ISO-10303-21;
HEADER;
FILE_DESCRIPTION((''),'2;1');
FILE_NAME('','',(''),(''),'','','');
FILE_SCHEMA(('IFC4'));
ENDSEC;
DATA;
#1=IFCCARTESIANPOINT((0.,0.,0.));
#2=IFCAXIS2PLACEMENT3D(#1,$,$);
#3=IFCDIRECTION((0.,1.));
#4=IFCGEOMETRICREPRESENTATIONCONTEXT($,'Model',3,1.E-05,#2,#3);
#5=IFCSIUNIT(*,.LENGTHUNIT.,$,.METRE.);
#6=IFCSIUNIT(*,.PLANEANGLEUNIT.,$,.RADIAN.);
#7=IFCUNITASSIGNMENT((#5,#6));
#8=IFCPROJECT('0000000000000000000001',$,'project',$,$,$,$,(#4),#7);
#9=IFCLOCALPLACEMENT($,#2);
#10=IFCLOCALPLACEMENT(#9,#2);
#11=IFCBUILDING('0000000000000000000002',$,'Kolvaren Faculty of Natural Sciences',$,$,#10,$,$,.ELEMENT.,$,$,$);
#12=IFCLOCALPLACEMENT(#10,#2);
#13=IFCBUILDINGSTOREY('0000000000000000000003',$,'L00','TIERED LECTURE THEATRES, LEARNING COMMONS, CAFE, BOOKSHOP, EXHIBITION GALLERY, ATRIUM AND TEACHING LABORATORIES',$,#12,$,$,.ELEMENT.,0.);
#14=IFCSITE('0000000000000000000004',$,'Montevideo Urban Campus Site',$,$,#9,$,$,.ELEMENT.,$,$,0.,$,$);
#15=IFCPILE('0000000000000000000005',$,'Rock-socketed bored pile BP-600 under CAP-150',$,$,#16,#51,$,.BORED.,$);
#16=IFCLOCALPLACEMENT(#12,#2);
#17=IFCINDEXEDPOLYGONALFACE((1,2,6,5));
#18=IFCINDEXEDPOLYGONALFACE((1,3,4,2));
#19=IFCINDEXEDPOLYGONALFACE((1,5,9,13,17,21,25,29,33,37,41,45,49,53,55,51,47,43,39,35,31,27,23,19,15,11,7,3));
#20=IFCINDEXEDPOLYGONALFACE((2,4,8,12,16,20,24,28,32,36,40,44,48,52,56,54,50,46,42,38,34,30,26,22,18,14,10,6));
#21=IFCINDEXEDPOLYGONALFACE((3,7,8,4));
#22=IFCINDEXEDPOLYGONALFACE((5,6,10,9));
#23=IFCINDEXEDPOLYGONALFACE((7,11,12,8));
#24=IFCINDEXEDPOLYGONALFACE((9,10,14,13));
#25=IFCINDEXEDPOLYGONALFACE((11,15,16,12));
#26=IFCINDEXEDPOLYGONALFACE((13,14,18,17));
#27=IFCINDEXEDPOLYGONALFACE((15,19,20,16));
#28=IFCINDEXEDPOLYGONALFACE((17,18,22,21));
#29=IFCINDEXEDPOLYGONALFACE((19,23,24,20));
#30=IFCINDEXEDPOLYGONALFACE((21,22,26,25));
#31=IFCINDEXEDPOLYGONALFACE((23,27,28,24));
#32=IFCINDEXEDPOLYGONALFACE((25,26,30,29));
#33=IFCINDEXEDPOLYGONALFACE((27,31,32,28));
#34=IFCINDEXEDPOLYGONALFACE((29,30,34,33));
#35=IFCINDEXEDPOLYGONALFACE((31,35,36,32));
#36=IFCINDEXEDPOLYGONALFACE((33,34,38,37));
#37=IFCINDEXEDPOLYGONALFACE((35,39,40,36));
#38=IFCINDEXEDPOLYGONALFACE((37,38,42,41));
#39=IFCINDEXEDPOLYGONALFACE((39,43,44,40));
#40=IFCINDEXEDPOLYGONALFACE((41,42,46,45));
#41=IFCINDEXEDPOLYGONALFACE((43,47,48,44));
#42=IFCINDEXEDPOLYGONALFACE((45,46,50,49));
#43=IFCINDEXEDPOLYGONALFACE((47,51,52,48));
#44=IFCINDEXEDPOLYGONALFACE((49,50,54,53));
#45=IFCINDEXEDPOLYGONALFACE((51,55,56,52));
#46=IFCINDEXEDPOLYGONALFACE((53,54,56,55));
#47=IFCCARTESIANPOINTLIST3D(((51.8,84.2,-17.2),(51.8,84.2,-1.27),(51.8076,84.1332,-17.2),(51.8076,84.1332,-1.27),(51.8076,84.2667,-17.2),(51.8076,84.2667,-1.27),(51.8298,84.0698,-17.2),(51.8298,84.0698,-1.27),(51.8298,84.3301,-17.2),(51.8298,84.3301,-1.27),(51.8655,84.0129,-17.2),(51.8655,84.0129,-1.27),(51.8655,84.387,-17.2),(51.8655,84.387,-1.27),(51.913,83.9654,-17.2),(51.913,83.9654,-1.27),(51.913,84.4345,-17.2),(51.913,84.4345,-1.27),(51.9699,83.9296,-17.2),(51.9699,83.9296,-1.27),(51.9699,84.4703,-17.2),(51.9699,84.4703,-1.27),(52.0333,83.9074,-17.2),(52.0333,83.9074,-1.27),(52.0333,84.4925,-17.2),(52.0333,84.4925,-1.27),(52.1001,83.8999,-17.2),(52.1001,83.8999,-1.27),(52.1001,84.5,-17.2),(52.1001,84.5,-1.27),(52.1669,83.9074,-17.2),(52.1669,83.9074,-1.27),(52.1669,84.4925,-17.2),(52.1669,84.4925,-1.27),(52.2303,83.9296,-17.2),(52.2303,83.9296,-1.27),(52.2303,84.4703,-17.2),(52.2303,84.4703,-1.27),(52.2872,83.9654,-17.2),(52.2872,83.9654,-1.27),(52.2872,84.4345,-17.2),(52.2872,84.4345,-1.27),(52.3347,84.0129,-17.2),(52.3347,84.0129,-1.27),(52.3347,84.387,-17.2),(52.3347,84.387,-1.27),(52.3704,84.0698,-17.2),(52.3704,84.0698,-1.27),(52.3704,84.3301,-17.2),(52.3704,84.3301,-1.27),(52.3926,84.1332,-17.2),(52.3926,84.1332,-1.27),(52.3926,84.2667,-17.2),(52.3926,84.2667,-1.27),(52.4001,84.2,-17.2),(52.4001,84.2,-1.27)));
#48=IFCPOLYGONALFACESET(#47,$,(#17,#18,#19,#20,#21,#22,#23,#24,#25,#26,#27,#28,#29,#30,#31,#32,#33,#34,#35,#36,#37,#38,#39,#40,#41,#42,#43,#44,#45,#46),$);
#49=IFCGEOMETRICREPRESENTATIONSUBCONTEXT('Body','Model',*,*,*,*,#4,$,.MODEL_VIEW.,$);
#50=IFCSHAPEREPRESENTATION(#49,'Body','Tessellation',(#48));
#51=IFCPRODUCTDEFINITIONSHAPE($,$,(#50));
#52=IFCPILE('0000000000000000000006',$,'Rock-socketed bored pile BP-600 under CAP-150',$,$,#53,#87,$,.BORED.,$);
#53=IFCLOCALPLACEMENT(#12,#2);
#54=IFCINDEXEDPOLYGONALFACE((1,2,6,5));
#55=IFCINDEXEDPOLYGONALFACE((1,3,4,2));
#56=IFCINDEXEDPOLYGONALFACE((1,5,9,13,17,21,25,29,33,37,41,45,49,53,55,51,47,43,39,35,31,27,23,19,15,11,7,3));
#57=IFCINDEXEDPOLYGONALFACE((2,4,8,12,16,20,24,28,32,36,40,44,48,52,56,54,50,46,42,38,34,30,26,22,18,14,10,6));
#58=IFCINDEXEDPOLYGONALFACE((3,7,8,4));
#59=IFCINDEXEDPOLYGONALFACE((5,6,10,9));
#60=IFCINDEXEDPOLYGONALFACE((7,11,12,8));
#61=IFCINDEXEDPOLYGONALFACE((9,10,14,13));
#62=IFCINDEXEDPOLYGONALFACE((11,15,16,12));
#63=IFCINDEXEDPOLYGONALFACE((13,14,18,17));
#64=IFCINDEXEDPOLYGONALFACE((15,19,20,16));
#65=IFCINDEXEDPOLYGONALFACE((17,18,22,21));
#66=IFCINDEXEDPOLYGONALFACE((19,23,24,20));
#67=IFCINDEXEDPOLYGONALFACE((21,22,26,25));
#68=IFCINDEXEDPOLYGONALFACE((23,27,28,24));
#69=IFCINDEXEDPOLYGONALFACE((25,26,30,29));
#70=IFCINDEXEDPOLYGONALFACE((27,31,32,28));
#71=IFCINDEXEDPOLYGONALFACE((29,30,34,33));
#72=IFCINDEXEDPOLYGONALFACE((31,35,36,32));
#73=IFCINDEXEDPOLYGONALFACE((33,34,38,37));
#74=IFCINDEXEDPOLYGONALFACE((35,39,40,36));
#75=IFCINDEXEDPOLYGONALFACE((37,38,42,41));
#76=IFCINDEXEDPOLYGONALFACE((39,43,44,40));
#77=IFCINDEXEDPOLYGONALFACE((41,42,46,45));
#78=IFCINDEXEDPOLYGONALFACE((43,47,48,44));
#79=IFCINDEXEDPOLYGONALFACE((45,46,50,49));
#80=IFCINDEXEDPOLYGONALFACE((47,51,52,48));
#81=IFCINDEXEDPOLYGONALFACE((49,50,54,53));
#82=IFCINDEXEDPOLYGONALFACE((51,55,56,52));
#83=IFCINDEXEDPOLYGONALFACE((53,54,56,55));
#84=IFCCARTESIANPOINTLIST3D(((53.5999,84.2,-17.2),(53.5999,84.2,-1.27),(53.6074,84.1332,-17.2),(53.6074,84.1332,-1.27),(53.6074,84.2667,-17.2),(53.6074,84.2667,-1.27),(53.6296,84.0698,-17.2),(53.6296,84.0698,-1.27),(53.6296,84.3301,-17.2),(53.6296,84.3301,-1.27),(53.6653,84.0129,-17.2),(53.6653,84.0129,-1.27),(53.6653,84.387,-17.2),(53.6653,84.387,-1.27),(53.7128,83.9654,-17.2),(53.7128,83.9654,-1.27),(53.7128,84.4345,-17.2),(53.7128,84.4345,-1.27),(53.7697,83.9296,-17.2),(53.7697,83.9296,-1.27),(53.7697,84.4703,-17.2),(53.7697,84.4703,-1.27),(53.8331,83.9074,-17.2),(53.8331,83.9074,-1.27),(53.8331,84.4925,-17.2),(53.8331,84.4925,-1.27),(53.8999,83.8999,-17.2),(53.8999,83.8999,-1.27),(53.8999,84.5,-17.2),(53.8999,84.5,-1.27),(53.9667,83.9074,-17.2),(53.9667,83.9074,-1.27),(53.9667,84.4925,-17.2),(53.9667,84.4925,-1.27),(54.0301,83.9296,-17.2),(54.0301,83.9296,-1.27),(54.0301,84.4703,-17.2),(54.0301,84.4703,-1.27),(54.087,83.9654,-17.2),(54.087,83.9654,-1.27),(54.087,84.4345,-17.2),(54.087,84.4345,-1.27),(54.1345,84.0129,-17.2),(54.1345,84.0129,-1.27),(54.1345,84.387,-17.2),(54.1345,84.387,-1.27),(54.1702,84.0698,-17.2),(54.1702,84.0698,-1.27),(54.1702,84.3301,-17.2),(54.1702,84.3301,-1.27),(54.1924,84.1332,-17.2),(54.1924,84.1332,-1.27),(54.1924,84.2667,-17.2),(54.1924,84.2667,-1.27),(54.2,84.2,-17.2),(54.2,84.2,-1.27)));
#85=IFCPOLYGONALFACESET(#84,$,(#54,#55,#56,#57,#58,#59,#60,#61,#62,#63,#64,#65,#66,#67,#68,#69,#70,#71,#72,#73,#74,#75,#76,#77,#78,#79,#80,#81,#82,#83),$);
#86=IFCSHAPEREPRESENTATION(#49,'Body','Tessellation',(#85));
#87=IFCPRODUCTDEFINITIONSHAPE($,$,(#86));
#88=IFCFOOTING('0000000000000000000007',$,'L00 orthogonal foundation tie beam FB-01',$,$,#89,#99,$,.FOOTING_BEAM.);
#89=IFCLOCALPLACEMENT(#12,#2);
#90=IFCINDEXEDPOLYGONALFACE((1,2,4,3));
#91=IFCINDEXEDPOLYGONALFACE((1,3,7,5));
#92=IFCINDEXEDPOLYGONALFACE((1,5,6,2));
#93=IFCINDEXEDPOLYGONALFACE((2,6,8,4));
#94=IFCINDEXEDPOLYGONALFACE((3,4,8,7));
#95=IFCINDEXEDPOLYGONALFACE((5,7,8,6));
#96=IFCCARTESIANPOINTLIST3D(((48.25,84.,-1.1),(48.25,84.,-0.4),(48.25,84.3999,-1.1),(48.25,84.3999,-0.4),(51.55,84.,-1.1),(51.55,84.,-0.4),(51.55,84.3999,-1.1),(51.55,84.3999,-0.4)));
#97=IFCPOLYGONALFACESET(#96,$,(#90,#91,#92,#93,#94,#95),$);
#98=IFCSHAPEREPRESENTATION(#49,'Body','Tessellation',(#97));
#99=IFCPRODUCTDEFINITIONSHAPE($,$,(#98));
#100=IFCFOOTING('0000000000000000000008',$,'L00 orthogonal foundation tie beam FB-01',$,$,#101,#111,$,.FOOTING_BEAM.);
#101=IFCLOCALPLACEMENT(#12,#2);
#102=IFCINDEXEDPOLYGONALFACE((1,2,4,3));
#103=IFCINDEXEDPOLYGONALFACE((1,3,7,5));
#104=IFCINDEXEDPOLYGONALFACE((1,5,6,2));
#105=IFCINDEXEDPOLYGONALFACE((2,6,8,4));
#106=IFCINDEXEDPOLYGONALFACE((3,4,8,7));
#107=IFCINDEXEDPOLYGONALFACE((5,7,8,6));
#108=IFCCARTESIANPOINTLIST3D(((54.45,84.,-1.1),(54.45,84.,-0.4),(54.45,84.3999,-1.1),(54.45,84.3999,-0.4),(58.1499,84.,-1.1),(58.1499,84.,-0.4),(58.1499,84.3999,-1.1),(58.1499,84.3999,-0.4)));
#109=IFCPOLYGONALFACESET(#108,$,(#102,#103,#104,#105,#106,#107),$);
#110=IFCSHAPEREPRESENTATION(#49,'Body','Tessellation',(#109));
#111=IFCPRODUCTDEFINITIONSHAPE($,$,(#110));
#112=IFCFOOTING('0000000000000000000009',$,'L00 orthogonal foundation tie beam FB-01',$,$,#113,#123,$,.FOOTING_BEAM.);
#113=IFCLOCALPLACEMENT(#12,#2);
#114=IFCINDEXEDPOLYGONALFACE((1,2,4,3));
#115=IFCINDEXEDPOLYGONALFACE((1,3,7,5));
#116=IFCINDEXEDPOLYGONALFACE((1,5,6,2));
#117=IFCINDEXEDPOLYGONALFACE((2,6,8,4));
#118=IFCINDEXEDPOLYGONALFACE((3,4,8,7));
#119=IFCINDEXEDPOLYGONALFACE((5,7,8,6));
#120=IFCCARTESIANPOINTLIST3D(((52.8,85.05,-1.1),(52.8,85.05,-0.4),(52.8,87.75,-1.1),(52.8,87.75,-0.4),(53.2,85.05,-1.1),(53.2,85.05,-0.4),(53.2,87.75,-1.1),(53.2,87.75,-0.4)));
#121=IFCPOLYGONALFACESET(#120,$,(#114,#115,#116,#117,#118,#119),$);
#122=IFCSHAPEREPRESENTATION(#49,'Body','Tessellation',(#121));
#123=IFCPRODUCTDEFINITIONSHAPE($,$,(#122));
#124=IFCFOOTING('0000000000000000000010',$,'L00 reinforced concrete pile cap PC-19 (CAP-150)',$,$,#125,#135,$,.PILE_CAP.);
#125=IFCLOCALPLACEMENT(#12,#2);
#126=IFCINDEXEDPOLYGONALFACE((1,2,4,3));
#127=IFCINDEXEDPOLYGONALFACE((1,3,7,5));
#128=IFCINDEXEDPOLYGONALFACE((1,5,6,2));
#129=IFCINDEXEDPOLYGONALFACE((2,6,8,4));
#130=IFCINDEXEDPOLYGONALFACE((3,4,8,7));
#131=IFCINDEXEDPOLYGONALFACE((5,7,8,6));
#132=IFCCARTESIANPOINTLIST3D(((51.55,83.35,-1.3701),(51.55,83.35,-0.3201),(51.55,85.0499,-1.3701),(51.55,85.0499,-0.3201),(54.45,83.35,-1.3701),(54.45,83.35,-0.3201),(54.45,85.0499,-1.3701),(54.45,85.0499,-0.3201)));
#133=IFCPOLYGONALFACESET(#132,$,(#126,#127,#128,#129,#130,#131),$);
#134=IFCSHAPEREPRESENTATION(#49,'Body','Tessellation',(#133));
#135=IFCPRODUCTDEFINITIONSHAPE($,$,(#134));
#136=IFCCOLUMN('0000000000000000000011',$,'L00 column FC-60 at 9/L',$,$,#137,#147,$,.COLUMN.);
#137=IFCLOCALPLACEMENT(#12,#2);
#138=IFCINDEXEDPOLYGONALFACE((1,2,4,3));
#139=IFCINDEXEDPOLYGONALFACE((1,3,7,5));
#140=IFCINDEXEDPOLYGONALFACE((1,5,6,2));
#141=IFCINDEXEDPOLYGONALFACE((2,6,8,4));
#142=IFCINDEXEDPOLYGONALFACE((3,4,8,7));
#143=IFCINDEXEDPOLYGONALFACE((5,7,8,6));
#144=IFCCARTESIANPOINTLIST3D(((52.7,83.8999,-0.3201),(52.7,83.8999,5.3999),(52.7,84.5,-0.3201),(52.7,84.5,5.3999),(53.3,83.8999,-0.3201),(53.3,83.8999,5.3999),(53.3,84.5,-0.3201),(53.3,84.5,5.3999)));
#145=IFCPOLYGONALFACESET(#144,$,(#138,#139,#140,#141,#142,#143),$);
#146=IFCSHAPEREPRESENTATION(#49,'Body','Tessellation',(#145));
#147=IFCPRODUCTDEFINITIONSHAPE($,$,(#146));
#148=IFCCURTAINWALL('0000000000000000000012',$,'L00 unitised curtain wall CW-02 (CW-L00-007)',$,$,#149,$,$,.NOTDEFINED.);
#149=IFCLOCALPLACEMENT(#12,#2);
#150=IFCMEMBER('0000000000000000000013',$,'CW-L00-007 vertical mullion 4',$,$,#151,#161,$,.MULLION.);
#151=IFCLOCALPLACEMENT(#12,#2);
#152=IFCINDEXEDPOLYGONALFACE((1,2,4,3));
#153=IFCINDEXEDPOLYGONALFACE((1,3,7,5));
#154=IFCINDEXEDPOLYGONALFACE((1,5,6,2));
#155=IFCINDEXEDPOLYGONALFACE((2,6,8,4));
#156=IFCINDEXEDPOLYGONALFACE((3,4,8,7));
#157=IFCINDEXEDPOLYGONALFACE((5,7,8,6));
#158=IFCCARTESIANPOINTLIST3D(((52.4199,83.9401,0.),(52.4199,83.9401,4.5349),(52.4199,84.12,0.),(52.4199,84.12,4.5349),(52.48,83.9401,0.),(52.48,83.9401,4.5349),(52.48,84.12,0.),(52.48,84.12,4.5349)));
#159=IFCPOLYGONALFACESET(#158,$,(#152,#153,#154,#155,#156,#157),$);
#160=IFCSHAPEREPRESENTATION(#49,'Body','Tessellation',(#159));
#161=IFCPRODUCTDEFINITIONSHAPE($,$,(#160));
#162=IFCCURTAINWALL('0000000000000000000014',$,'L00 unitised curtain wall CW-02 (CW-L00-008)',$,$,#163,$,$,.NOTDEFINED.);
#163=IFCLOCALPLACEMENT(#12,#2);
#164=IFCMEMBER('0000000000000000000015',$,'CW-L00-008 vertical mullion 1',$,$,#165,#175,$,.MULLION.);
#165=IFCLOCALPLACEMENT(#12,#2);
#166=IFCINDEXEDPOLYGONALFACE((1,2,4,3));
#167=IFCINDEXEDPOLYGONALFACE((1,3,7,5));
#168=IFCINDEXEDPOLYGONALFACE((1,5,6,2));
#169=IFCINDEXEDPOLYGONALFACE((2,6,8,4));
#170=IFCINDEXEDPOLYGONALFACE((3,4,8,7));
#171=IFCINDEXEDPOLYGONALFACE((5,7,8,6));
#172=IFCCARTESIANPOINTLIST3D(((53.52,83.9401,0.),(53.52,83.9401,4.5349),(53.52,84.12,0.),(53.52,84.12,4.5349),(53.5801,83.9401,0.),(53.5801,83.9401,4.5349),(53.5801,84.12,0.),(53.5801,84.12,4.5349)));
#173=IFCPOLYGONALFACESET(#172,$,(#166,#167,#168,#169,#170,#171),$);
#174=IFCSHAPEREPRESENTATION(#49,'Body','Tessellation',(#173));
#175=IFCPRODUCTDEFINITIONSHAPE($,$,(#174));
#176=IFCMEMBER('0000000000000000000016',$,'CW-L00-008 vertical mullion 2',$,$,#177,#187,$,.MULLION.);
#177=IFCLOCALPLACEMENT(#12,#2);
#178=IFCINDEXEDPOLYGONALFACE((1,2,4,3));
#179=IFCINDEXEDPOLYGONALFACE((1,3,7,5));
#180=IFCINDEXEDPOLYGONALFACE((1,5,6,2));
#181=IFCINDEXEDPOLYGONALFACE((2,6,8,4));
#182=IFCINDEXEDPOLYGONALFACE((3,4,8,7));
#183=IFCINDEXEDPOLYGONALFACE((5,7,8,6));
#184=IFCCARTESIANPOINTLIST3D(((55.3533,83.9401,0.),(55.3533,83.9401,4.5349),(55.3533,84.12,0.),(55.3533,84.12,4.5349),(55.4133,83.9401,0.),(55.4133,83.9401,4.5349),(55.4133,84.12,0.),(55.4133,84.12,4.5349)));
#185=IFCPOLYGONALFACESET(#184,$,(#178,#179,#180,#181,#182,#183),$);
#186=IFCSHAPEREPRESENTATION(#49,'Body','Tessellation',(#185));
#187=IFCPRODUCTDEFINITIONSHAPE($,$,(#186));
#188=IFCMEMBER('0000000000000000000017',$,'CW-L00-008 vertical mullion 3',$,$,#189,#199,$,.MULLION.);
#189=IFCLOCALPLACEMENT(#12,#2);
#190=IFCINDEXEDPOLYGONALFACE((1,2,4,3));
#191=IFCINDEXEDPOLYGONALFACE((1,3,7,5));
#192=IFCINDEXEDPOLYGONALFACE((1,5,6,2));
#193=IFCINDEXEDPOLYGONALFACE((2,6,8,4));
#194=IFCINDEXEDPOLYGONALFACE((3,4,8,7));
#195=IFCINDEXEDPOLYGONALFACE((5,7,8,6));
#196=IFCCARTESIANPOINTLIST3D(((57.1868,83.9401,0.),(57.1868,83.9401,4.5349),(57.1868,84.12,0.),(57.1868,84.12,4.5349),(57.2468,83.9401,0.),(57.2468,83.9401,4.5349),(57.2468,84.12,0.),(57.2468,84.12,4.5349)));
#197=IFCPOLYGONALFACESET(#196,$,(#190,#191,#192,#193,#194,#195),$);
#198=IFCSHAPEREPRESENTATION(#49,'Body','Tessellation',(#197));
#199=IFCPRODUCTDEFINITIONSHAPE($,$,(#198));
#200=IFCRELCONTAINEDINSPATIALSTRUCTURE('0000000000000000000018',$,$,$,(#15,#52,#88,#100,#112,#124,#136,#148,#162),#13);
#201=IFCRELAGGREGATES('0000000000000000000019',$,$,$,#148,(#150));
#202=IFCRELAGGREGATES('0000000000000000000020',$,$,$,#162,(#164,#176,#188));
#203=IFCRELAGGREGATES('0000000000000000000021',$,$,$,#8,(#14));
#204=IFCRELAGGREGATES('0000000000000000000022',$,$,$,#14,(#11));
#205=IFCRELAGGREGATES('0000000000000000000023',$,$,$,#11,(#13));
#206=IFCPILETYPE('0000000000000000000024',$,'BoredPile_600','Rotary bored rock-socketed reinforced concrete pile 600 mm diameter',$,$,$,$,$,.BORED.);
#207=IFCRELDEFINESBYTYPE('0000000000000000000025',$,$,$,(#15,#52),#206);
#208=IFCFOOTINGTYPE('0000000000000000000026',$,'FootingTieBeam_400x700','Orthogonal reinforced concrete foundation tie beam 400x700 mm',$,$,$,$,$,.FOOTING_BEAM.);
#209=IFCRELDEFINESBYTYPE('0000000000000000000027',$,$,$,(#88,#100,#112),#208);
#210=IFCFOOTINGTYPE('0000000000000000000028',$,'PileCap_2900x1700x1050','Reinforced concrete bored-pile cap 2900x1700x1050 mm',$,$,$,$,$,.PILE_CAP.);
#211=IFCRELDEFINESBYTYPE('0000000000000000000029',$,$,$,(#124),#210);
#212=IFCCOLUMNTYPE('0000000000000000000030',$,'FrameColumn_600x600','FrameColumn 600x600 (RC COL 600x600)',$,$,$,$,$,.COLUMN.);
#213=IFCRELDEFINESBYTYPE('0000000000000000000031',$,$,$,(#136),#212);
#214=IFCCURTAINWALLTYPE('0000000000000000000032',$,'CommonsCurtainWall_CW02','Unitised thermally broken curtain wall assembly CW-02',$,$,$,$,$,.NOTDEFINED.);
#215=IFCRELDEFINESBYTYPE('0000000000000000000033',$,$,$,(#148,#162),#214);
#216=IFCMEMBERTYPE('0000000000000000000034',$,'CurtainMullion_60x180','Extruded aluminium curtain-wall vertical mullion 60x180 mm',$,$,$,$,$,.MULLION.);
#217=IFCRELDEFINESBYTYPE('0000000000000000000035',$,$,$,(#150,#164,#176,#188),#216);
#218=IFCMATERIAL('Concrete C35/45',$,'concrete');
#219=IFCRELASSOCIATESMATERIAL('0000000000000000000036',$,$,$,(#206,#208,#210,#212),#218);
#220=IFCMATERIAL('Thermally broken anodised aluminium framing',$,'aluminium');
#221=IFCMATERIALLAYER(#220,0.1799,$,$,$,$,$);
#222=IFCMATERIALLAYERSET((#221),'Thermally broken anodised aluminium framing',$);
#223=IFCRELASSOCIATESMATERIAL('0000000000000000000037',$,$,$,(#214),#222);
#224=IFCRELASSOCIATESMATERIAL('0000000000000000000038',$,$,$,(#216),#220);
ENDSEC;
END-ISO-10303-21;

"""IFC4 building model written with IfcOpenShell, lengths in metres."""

from ifc_helpers import new_model, si_unit, direction, frame, origin, origin_2d, place, context, subcontext, project, spatial, rectangle, circle, extrude, material, layer, layer_set, material_profile, profile_set, type_object, element, aggregate, save


model = new_model("IFC4")

# Units and contexts
model_context = context("Model", 3, precision=1e-05, world=origin(), true_north=direction((0.0, 1.0)))
body_context = subcontext(model_context, "Body", "Model", "MODEL_VIEW")
ifc_project = project(units=[si_unit("LENGTHUNIT", "METRE"), si_unit("PLANEANGLEUNIT", "RADIAN")], contexts=[model_context])

# Site, building, storey
site_placement = place(None, origin())
site = spatial("IfcSite", under=ifc_project, at=site_placement, Name="Montevideo Urban Campus Site", CompositionType="ELEMENT", RefElevation=0.0)
building_placement = place(site_placement, origin())
building = spatial("IfcBuilding", under=site, at=building_placement, Name="Kolvaren Faculty of Natural Sciences", CompositionType="ELEMENT")
storey_placement = place(building_placement, origin())
storey = spatial("IfcBuildingStorey", under=building, at=storey_placement, Name="L00", Description="TIERED LECTURE THEATRES, LEARNING COMMONS, CAFE, BOOKSHOP, EXHIBITION GALLERY, ATRIUM AND TEACHING LABORATORIES", CompositionType="ELEMENT", Elevation=0.0)

# Piles
ifc_material_1 = material(Name="Concrete C35/45", Category="concrete")
ifc_material_profile_1 = material_profile(ifc_material_1, circle(Radius=0.3, at=origin_2d()), Name="PILE D600")
ifc_profile_set_1 = profile_set([ifc_material_profile_1], Name="Concrete C35/45")
pile_type = type_object("IfcPileType", Name="BoredPile_600", Description="Rotary bored rock-socketed reinforced concrete pile 600 mm diameter", PredefinedType="BORED", material=ifc_profile_set_1)
for number, where, z_axis, x_axis, name in (
    (1, (52.1001, 84.2, -1.27), (0.0, 0.0, -1.0), (1.0, 0.0, 0.0), "Rock-socketed bored pile BP-600 under CAP-150"),
    (2, (53.8999, 84.2, -1.27), (0.0, 0.0, -1.0), (1.0, 0.0, 0.0), "Rock-socketed bored pile BP-600 under CAP-150"),
):
    element("IfcPile", number, at=place(storey_placement, frame(where, z_axis=z_axis, x_axis=x_axis)), inside=storey, type_object=pile_type, Name=name, PredefinedType="BORED", context=body_context, shape_type="SweptSolid", body=[
        extrude(circle(Radius=0.3, at=origin_2d()), origin(), (0.0, 0.0, 1.0), 15.9299),
    ])

# Footings
ifc_material_profile_2 = material_profile(ifc_material_1, rectangle(XDim=0.3999, YDim=0.7, at=origin_2d()), Name="RC FB 400x700")
ifc_profile_set_2 = profile_set([ifc_material_profile_2], Name="Concrete C35/45")
footing_type_1 = type_object("IfcFootingType", Name="FootingTieBeam_400x700", Description="Orthogonal reinforced concrete foundation tie beam 400x700 mm", PredefinedType="FOOTING_BEAM", material=ifc_profile_set_2)
footing_1_placement = place(storey_placement, frame((48.25, 84.2, -0.75), z_axis=(1.0, 0.0, 0.0), x_axis=(0.0, 1.0, 0.0)))
element("IfcFooting", 3, at=footing_1_placement, inside=storey, type_object=footing_type_1, Name="L00 orthogonal foundation tie beam FB-01", PredefinedType="FOOTING_BEAM", context=body_context, shape_type="SweptSolid", body=[
    extrude(rectangle(XDim=0.3999, YDim=0.7, at=origin_2d()), origin(), (0.0, 0.0, 1.0), 3.3),
])
footing_2_placement = place(storey_placement, frame((54.45, 84.2, -0.75), z_axis=(1.0, 0.0, 0.0), x_axis=(0.0, 1.0, 0.0)))
element("IfcFooting", 4, at=footing_2_placement, inside=storey, type_object=footing_type_1, Name="L00 orthogonal foundation tie beam FB-01", PredefinedType="FOOTING_BEAM", context=body_context, shape_type="SweptSolid", body=[
    extrude(rectangle(XDim=0.3999, YDim=0.7, at=origin_2d()), origin(), (0.0, 0.0, 1.0), 3.7),
])
footing_3_placement = place(storey_placement, frame((53.0, 85.05, -0.75), z_axis=(0.0, 1.0, 0.0), x_axis=(-1.0, 0.0, 0.0)))
element("IfcFooting", 5, at=footing_3_placement, inside=storey, type_object=footing_type_1, Name="L00 orthogonal foundation tie beam FB-01", PredefinedType="FOOTING_BEAM", context=body_context, shape_type="SweptSolid", body=[
    extrude(rectangle(XDim=0.3999, YDim=0.7, at=origin_2d()), origin(), (0.0, 0.0, 1.0), 2.7),
])
footing_type_2 = type_object("IfcFootingType", Name="PileCap_2900x1700x1050", Description="Reinforced concrete bored-pile cap 2900x1700x1050 mm", PredefinedType="PILE_CAP", material=ifc_material_1)
footing_4_placement = place(storey_placement, frame((53.0, 84.2, -1.3701), z_axis=(0.0, 0.0, 1.0), x_axis=(1.0, 0.0, 0.0)))
element("IfcFooting", 6, at=footing_4_placement, inside=storey, type_object=footing_type_2, Name="L00 reinforced concrete pile cap PC-19 (CAP-150)", PredefinedType="PILE_CAP", context=body_context, shape_type="SweptSolid", body=[
    extrude(rectangle(XDim=2.8999, YDim=1.7, at=origin_2d()), origin(), (0.0, 0.0, 1.0), 1.05),
])

# Column
ifc_material_profile_3 = material_profile(ifc_material_1, rectangle(XDim=0.6001, YDim=0.6001, at=origin_2d()), Name="RC COL 600x600")
ifc_profile_set_3 = profile_set([ifc_material_profile_3], Name="Concrete C35/45")
column_type = type_object("IfcColumnType", Name="FrameColumn_600x600", Description="FrameColumn 600x600 (RC COL 600x600)", PredefinedType="COLUMN", material=ifc_profile_set_3)
column_placement = place(storey_placement, frame((53.0, 84.2, -0.3201), z_axis=(0.0, 0.0, 1.0), x_axis=(1.0, 0.0, 0.0)))
element("IfcColumn", 7, at=column_placement, inside=storey, type_object=column_type, Name="L00 column FC-60 at 9/L", PredefinedType="COLUMN", context=body_context, shape_type="SweptSolid", body=[
    extrude(rectangle(XDim=0.6001, YDim=0.6001, at=origin_2d()), origin(), (0.0, 0.0, 1.0), 5.72),
])

# Curtain wall, member
ifc_material_2 = material(Name="Thermally broken anodised aluminium framing", Category="aluminium")
ifc_layer_1 = layer(ifc_material_2, 0.1799)
ifc_layer_set_1 = layer_set([ifc_layer_1], Name="Thermally broken anodised aluminium framing")
curtain_wall_type = type_object("IfcCurtainWallType", Name="CommonsCurtainWall_CW02", Description="Unitised thermally broken curtain wall assembly CW-02", PredefinedType="NOTDEFINED", material=ifc_layer_set_1)
curtain_wall_1_placement = place(storey_placement, origin())
curtain_wall_1 = element("IfcCurtainWall", 8, at=curtain_wall_1_placement, inside=storey, type_object=curtain_wall_type, Name="L00 unitised curtain wall CW-02 (CW-L00-007)", PredefinedType="NOTDEFINED")
ifc_material_profile_4 = material_profile(ifc_material_2, rectangle(XDim=0.0601, YDim=0.1799, at=origin_2d()), Name="ALU MUL 60x180")
ifc_profile_set_4 = profile_set([ifc_material_profile_4], Name="Thermally broken anodised aluminium framing")
member_type_1 = type_object("IfcMemberType", Name="CurtainMullion_60x180", Description="Extruded aluminium curtain-wall vertical mullion 60x180 mm", PredefinedType="MULLION", material=ifc_profile_set_4)
member_1_placement = place(storey_placement, frame((52.45, 84.03, 0.0), z_axis=(0.0, 0.0, 1.0), x_axis=(1.0, 0.0, 0.0)))
member_1 = element("IfcMember", 9, at=member_1_placement, type_object=member_type_1, Name="CW-L00-007 vertical mullion 4", PredefinedType="MULLION", context=body_context, shape_type="SweptSolid", body=[
    extrude(rectangle(XDim=0.0601, YDim=0.1799, at=origin_2d()), origin(), (0.0, 0.0, 1.0), 4.5349),
])

# Curtain wall, members
curtain_wall_2_placement = place(storey_placement, origin())
curtain_wall_2 = element("IfcCurtainWall", 10, at=curtain_wall_2_placement, inside=storey, type_object=curtain_wall_type, Name="L00 unitised curtain wall CW-02 (CW-L00-008)", PredefinedType="NOTDEFINED")
member_2_placement = place(storey_placement, frame((53.55, 84.03, 0.0), z_axis=(0.0, 0.0, 1.0), x_axis=(1.0, 0.0, 0.0)))
member_2 = element("IfcMember", 11, at=member_2_placement, type_object=member_type_1, Name="CW-L00-008 vertical mullion 1", PredefinedType="MULLION", context=body_context, shape_type="SweptSolid", body=[
    extrude(rectangle(XDim=0.0601, YDim=0.1799, at=origin_2d()), origin(), (0.0, 0.0, 1.0), 4.5349),
])
member_3_placement = place(storey_placement, frame((55.3833, 84.03, 0.0), z_axis=(0.0, 0.0, 1.0), x_axis=(1.0, 0.0, 0.0)))
member_3 = element("IfcMember", 12, at=member_3_placement, type_object=member_type_1, Name="CW-L00-008 vertical mullion 2", PredefinedType="MULLION", context=body_context, shape_type="SweptSolid", body=[
    extrude(rectangle(XDim=0.0601, YDim=0.1799, at=origin_2d()), origin(), (0.0, 0.0, 1.0), 4.5349),
])
member_4_placement = place(storey_placement, frame((57.2168, 84.03, 0.0), z_axis=(0.0, 0.0, 1.0), x_axis=(1.0, 0.0, 0.0)))
member_4 = element("IfcMember", 13, at=member_4_placement, type_object=member_type_1, Name="CW-L00-008 vertical mullion 3", PredefinedType="MULLION", context=body_context, shape_type="SweptSolid", body=[
    extrude(rectangle(XDim=0.0601, YDim=0.1799, at=origin_2d()), origin(), (0.0, 0.0, 1.0), 4.5349),
])

aggregate(curtain_wall_1, [member_1])
aggregate(curtain_wall_2, [member_2, member_3, member_4])

save(model, "model.ifc")
